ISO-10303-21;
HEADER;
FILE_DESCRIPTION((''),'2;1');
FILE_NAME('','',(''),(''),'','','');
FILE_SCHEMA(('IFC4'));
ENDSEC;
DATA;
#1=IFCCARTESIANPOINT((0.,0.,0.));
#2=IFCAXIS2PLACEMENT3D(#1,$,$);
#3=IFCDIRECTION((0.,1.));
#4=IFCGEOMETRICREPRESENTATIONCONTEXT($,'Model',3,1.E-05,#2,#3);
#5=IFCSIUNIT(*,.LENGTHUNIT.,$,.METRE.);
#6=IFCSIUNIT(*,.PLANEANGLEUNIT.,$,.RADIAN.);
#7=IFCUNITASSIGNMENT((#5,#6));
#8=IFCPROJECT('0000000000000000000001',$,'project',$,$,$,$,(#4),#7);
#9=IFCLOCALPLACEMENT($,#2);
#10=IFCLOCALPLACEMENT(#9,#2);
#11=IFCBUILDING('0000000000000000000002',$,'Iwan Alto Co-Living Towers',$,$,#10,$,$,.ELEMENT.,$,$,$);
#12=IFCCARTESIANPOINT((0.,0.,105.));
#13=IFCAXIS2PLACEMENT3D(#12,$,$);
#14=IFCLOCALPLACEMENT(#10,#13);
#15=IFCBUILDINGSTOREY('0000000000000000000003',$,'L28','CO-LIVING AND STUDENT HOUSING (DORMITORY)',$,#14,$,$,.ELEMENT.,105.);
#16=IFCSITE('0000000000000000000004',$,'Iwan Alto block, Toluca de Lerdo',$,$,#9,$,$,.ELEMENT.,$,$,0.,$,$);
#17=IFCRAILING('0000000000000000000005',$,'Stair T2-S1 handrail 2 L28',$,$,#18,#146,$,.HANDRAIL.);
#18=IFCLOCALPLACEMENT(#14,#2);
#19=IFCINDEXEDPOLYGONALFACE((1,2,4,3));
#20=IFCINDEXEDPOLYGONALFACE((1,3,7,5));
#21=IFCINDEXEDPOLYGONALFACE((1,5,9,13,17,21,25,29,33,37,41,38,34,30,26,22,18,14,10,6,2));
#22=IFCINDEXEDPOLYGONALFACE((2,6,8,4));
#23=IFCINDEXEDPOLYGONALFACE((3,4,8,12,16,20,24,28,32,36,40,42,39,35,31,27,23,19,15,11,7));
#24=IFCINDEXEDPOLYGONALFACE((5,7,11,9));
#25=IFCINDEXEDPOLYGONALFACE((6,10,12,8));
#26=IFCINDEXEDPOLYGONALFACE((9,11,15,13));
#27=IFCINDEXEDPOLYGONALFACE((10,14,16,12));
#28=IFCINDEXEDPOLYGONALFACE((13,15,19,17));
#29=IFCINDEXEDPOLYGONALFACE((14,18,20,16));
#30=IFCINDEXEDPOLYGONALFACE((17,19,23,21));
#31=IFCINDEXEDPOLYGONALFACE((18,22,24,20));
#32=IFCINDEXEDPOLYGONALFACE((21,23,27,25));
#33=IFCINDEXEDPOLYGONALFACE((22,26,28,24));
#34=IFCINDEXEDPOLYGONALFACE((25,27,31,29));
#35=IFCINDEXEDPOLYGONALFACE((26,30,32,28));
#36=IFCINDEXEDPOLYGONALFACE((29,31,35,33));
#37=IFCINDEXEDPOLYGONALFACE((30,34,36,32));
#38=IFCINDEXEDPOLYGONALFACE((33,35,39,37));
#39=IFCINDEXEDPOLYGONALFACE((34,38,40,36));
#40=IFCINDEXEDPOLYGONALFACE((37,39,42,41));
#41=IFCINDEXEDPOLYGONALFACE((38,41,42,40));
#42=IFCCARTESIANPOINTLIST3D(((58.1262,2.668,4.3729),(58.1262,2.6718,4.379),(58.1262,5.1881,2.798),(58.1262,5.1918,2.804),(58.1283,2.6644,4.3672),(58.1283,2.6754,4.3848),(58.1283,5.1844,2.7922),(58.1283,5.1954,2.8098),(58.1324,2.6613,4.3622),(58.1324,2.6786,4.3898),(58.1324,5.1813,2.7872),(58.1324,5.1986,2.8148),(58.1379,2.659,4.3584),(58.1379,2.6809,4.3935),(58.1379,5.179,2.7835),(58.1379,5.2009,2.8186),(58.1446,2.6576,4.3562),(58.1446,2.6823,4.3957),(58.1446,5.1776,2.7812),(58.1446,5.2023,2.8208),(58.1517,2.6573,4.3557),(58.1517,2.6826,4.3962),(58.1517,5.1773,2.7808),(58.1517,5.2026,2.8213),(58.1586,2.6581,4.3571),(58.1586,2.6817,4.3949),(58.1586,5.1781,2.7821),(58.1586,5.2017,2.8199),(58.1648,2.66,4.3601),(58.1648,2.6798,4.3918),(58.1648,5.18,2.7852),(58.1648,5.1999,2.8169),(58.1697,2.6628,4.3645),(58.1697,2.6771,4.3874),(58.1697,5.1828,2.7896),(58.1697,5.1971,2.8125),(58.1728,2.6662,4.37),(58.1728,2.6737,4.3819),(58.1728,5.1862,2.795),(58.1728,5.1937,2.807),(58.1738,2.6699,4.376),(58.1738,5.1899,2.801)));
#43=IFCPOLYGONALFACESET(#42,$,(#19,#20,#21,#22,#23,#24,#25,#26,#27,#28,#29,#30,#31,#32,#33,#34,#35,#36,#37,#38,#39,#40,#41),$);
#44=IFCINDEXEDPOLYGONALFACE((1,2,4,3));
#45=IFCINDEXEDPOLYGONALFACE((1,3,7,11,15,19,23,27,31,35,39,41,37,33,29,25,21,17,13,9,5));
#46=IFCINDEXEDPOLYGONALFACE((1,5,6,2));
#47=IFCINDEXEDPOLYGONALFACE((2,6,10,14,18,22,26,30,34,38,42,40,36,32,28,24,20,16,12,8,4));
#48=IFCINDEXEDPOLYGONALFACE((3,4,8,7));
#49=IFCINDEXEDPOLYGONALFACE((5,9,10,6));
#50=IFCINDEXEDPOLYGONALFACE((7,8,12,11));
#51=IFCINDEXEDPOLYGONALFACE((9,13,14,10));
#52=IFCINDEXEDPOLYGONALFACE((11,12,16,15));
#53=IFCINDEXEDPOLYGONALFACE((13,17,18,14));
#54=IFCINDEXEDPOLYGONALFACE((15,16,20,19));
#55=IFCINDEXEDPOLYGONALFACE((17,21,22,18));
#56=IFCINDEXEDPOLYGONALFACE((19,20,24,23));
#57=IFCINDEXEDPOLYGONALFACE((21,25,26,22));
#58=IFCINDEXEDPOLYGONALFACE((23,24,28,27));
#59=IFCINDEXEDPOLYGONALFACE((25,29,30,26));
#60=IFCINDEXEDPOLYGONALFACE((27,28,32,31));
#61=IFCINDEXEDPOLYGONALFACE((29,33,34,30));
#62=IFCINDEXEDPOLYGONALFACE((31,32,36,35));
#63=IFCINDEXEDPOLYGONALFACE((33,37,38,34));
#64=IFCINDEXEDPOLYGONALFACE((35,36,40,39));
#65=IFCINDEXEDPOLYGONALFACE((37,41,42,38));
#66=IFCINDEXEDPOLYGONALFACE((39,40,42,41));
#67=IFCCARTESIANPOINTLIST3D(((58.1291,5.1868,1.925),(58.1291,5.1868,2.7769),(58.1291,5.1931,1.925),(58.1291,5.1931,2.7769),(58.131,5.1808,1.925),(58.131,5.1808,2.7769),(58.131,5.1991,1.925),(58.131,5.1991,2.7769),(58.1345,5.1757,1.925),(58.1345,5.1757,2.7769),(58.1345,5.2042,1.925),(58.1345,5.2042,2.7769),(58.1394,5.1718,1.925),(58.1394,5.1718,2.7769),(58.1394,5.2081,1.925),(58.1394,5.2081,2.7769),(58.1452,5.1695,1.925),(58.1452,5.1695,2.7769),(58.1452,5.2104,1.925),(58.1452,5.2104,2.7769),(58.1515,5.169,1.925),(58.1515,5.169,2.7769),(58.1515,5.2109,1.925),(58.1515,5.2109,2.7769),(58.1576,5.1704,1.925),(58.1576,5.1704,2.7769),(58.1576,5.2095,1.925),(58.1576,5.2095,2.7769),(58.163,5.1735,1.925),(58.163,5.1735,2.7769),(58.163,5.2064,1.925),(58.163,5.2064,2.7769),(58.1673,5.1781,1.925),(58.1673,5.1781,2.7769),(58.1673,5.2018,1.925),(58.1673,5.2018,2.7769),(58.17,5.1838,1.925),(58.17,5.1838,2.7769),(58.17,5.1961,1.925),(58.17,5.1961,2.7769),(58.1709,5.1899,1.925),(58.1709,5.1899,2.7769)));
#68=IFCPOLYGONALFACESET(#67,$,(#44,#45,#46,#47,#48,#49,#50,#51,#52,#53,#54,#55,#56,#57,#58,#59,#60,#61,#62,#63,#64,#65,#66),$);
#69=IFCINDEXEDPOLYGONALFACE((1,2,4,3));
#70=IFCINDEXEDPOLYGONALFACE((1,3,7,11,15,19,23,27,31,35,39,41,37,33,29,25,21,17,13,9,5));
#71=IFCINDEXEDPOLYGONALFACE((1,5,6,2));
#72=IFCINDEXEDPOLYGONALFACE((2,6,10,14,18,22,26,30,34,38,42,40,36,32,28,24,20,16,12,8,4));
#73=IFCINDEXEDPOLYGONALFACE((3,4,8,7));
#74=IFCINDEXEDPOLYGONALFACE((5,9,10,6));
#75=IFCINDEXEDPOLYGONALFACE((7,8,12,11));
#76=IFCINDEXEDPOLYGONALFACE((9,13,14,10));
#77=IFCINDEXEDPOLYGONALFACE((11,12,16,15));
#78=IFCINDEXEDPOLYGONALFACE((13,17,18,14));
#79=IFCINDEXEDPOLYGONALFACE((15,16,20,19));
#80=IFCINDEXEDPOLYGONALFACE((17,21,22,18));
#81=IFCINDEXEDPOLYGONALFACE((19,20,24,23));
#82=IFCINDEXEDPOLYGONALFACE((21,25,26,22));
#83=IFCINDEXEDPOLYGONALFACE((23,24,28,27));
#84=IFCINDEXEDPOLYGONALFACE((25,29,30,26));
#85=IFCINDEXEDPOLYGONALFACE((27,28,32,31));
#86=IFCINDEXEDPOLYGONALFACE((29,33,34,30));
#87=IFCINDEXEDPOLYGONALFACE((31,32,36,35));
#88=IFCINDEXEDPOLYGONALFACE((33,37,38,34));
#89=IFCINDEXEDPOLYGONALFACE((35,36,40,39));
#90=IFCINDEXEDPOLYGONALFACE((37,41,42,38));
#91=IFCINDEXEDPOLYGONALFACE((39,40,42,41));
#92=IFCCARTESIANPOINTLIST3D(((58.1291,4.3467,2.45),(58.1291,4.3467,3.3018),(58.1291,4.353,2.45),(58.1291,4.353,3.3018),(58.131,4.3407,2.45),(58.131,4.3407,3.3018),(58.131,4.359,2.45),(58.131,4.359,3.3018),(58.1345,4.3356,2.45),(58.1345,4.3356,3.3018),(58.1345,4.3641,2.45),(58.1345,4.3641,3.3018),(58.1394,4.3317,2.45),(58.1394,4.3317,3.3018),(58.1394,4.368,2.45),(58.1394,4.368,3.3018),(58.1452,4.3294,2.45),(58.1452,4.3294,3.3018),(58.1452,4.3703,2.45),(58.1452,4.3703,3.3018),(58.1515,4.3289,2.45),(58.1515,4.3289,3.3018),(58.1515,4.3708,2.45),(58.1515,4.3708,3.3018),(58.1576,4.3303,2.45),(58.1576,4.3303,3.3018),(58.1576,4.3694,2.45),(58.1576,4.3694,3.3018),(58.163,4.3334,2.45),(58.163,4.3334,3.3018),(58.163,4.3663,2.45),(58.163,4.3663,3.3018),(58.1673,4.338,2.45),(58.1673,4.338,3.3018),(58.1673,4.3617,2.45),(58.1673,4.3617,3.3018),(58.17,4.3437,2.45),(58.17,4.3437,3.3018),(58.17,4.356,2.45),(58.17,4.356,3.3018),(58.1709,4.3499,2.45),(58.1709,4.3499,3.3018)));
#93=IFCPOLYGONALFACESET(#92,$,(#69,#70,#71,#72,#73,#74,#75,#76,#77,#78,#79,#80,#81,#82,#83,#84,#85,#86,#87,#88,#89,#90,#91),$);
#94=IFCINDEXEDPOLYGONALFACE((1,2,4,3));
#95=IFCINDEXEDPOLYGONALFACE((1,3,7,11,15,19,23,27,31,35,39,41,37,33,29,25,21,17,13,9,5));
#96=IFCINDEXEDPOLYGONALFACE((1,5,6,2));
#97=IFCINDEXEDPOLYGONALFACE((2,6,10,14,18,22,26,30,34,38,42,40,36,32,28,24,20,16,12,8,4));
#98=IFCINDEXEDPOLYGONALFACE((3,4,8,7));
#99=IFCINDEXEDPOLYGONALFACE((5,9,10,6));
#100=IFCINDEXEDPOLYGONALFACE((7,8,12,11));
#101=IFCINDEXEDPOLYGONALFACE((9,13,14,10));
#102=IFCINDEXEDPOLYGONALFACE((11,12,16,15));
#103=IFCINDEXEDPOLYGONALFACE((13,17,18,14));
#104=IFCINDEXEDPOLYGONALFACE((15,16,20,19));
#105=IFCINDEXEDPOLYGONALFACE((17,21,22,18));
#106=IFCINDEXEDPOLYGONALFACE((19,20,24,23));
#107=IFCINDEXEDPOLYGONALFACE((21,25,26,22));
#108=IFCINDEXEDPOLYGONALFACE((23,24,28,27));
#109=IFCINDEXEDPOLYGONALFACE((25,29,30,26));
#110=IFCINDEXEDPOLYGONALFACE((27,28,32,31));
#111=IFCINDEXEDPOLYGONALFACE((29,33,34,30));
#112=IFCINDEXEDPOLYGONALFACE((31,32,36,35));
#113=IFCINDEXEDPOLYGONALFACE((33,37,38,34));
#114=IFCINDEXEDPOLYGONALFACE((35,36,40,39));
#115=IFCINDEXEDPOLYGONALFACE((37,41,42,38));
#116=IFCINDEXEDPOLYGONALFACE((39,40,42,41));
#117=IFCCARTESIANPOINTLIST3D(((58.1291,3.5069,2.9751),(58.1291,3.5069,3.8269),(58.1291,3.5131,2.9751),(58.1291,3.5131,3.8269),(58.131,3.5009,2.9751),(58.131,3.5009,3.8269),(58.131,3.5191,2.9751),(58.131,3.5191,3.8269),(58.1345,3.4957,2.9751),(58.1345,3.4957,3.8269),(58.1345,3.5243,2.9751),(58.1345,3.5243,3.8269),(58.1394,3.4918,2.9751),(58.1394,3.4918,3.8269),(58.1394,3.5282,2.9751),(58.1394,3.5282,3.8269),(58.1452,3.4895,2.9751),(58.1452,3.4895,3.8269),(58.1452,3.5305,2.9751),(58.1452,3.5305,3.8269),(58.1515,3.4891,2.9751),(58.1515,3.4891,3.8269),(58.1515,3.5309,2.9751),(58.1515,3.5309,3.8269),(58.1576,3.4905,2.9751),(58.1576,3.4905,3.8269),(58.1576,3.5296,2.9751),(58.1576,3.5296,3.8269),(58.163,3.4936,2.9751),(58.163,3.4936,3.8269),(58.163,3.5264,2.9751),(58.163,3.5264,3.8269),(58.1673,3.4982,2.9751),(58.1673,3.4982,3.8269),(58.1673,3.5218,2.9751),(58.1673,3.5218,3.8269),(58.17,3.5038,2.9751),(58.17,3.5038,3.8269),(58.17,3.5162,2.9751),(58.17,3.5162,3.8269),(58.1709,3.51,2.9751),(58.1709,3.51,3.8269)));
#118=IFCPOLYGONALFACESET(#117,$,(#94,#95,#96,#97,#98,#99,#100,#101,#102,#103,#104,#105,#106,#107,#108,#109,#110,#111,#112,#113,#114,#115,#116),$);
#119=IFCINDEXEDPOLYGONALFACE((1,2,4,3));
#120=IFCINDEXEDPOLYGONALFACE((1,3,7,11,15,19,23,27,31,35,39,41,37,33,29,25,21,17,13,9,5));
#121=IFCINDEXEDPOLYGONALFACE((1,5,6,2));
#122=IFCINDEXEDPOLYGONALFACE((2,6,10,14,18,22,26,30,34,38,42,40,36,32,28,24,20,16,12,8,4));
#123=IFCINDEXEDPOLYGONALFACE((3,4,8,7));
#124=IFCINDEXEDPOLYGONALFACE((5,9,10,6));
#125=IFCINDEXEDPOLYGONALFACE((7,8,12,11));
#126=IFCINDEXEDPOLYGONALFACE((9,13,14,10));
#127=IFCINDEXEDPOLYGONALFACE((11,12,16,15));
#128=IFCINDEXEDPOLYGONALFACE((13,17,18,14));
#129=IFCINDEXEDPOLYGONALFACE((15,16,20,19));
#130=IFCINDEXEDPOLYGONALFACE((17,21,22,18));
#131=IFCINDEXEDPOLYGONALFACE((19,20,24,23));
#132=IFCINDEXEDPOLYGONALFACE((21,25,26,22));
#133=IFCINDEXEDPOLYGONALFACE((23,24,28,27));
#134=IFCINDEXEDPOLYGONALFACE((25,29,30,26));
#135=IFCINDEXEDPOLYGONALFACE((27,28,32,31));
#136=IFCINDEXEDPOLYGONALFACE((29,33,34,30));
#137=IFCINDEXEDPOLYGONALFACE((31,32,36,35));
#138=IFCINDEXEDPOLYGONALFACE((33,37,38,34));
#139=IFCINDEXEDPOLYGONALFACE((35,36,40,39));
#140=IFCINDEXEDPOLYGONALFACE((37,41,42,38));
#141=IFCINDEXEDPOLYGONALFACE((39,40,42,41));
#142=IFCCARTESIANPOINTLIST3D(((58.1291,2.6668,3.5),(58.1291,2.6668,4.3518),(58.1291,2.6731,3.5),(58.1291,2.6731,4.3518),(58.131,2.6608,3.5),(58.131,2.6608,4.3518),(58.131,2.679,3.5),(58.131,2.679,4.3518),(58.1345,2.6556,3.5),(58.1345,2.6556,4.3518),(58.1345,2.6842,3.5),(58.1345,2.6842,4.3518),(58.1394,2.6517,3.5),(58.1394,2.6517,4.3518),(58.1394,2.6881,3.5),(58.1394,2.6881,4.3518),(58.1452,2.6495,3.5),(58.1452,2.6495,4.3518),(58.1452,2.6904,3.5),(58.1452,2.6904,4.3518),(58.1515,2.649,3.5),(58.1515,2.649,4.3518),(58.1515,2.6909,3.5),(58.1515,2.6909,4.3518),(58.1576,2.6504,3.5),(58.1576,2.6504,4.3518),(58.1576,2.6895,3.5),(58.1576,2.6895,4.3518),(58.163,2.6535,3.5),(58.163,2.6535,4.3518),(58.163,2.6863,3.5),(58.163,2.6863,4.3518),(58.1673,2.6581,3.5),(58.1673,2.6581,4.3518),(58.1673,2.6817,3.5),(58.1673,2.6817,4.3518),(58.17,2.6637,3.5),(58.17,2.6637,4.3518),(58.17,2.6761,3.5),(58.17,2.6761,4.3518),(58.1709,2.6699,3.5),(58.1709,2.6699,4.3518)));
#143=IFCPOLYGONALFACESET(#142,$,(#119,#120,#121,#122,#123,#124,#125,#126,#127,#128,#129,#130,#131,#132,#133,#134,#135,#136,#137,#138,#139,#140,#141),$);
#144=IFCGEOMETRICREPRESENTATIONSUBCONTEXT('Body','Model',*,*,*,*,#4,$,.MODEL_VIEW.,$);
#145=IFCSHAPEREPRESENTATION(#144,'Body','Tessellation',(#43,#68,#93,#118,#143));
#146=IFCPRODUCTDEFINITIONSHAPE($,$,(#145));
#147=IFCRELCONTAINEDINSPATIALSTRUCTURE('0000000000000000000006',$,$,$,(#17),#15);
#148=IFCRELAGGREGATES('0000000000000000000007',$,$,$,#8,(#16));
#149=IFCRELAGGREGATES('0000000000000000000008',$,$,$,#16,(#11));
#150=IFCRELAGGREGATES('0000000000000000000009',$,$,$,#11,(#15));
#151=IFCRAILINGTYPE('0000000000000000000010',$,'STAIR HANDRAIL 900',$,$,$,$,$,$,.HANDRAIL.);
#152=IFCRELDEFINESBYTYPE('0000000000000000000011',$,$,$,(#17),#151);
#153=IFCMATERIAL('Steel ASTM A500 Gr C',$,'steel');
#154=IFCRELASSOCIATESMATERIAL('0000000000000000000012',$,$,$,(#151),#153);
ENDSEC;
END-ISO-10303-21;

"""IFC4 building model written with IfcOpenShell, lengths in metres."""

from ifc_helpers import new_model, si_unit, direction, frame, origin, origin_2d, place, context, subcontext, project, spatial, circle, extrude, material, type_object, element, save


model = new_model("IFC4")

# Units and contexts
model_context = context("Model", 3, precision=1e-05, world=origin(), true_north=direction((0.0, 1.0)))
body_context = subcontext(model_context, "Body", "Model", "MODEL_VIEW")
ifc_project = project(units=[si_unit("LENGTHUNIT", "METRE"), si_unit("PLANEANGLEUNIT", "RADIAN")], contexts=[model_context])

# Site, building, storey
site_placement = place(None, origin())
site = spatial("IfcSite", under=ifc_project, at=site_placement, Name="Iwan Alto block, Toluca de Lerdo", CompositionType="ELEMENT", RefElevation=0.0)
building_placement = place(site_placement, origin())
building = spatial("IfcBuilding", under=site, at=building_placement, Name="Iwan Alto Co-Living Towers", CompositionType="ELEMENT")
storey_placement = place(building_placement, frame((0.0, 0.0, 105.0)))
storey = spatial("IfcBuildingStorey", under=building, at=storey_placement, Name="L28", Description="CO-LIVING AND STUDENT HOUSING (DORMITORY)", CompositionType="ELEMENT", Elevation=105.0)

# Railing
ifc_material_1 = material(Name="Steel ASTM A500 Gr C", Category="steel")
railing_type_1 = type_object("IfcRailingType", Name="STAIR HANDRAIL 900", PredefinedType="HANDRAIL", material=ifc_material_1)
railing_1_placement = place(storey_placement, frame((58.1499, 5.1899, 1.925)))
element("IfcRailing", 1, at=railing_1_placement, inside=storey, type_object=railing_type_1, Name="Stair T2-S1 handrail 2 L28", PredefinedType="HANDRAIL", context=body_context, shape_type="SweptSolid", body=[
    extrude(circle(Radius=0.0239, at=origin_2d()), frame((0.0, 0.0, 0.876), z_axis=(0.0, -0.848008, 0.529984), x_axis=(1.0, 0.0, 0.0)), (0.0, 0.0, 1.0), 2.9717),
    extrude(circle(Radius=0.021, at=origin_2d()), origin(), (0.0, 0.0, 1.0), 0.8518),
    extrude(circle(Radius=0.021, at=origin_2d()), frame((0.0, -0.8401, 0.5249)), (0.0, 0.0, 1.0), 0.8518),
    extrude(circle(Radius=0.021, at=origin_2d()), frame((0.0, -1.6799, 1.05)), (0.0, 0.0, 1.0), 0.8518),
    extrude(circle(Radius=0.021, at=origin_2d()), frame((0.0, -2.52, 1.575)), (0.0, 0.0, 1.0), 0.8518),
])

save(model, "model.ifc")
